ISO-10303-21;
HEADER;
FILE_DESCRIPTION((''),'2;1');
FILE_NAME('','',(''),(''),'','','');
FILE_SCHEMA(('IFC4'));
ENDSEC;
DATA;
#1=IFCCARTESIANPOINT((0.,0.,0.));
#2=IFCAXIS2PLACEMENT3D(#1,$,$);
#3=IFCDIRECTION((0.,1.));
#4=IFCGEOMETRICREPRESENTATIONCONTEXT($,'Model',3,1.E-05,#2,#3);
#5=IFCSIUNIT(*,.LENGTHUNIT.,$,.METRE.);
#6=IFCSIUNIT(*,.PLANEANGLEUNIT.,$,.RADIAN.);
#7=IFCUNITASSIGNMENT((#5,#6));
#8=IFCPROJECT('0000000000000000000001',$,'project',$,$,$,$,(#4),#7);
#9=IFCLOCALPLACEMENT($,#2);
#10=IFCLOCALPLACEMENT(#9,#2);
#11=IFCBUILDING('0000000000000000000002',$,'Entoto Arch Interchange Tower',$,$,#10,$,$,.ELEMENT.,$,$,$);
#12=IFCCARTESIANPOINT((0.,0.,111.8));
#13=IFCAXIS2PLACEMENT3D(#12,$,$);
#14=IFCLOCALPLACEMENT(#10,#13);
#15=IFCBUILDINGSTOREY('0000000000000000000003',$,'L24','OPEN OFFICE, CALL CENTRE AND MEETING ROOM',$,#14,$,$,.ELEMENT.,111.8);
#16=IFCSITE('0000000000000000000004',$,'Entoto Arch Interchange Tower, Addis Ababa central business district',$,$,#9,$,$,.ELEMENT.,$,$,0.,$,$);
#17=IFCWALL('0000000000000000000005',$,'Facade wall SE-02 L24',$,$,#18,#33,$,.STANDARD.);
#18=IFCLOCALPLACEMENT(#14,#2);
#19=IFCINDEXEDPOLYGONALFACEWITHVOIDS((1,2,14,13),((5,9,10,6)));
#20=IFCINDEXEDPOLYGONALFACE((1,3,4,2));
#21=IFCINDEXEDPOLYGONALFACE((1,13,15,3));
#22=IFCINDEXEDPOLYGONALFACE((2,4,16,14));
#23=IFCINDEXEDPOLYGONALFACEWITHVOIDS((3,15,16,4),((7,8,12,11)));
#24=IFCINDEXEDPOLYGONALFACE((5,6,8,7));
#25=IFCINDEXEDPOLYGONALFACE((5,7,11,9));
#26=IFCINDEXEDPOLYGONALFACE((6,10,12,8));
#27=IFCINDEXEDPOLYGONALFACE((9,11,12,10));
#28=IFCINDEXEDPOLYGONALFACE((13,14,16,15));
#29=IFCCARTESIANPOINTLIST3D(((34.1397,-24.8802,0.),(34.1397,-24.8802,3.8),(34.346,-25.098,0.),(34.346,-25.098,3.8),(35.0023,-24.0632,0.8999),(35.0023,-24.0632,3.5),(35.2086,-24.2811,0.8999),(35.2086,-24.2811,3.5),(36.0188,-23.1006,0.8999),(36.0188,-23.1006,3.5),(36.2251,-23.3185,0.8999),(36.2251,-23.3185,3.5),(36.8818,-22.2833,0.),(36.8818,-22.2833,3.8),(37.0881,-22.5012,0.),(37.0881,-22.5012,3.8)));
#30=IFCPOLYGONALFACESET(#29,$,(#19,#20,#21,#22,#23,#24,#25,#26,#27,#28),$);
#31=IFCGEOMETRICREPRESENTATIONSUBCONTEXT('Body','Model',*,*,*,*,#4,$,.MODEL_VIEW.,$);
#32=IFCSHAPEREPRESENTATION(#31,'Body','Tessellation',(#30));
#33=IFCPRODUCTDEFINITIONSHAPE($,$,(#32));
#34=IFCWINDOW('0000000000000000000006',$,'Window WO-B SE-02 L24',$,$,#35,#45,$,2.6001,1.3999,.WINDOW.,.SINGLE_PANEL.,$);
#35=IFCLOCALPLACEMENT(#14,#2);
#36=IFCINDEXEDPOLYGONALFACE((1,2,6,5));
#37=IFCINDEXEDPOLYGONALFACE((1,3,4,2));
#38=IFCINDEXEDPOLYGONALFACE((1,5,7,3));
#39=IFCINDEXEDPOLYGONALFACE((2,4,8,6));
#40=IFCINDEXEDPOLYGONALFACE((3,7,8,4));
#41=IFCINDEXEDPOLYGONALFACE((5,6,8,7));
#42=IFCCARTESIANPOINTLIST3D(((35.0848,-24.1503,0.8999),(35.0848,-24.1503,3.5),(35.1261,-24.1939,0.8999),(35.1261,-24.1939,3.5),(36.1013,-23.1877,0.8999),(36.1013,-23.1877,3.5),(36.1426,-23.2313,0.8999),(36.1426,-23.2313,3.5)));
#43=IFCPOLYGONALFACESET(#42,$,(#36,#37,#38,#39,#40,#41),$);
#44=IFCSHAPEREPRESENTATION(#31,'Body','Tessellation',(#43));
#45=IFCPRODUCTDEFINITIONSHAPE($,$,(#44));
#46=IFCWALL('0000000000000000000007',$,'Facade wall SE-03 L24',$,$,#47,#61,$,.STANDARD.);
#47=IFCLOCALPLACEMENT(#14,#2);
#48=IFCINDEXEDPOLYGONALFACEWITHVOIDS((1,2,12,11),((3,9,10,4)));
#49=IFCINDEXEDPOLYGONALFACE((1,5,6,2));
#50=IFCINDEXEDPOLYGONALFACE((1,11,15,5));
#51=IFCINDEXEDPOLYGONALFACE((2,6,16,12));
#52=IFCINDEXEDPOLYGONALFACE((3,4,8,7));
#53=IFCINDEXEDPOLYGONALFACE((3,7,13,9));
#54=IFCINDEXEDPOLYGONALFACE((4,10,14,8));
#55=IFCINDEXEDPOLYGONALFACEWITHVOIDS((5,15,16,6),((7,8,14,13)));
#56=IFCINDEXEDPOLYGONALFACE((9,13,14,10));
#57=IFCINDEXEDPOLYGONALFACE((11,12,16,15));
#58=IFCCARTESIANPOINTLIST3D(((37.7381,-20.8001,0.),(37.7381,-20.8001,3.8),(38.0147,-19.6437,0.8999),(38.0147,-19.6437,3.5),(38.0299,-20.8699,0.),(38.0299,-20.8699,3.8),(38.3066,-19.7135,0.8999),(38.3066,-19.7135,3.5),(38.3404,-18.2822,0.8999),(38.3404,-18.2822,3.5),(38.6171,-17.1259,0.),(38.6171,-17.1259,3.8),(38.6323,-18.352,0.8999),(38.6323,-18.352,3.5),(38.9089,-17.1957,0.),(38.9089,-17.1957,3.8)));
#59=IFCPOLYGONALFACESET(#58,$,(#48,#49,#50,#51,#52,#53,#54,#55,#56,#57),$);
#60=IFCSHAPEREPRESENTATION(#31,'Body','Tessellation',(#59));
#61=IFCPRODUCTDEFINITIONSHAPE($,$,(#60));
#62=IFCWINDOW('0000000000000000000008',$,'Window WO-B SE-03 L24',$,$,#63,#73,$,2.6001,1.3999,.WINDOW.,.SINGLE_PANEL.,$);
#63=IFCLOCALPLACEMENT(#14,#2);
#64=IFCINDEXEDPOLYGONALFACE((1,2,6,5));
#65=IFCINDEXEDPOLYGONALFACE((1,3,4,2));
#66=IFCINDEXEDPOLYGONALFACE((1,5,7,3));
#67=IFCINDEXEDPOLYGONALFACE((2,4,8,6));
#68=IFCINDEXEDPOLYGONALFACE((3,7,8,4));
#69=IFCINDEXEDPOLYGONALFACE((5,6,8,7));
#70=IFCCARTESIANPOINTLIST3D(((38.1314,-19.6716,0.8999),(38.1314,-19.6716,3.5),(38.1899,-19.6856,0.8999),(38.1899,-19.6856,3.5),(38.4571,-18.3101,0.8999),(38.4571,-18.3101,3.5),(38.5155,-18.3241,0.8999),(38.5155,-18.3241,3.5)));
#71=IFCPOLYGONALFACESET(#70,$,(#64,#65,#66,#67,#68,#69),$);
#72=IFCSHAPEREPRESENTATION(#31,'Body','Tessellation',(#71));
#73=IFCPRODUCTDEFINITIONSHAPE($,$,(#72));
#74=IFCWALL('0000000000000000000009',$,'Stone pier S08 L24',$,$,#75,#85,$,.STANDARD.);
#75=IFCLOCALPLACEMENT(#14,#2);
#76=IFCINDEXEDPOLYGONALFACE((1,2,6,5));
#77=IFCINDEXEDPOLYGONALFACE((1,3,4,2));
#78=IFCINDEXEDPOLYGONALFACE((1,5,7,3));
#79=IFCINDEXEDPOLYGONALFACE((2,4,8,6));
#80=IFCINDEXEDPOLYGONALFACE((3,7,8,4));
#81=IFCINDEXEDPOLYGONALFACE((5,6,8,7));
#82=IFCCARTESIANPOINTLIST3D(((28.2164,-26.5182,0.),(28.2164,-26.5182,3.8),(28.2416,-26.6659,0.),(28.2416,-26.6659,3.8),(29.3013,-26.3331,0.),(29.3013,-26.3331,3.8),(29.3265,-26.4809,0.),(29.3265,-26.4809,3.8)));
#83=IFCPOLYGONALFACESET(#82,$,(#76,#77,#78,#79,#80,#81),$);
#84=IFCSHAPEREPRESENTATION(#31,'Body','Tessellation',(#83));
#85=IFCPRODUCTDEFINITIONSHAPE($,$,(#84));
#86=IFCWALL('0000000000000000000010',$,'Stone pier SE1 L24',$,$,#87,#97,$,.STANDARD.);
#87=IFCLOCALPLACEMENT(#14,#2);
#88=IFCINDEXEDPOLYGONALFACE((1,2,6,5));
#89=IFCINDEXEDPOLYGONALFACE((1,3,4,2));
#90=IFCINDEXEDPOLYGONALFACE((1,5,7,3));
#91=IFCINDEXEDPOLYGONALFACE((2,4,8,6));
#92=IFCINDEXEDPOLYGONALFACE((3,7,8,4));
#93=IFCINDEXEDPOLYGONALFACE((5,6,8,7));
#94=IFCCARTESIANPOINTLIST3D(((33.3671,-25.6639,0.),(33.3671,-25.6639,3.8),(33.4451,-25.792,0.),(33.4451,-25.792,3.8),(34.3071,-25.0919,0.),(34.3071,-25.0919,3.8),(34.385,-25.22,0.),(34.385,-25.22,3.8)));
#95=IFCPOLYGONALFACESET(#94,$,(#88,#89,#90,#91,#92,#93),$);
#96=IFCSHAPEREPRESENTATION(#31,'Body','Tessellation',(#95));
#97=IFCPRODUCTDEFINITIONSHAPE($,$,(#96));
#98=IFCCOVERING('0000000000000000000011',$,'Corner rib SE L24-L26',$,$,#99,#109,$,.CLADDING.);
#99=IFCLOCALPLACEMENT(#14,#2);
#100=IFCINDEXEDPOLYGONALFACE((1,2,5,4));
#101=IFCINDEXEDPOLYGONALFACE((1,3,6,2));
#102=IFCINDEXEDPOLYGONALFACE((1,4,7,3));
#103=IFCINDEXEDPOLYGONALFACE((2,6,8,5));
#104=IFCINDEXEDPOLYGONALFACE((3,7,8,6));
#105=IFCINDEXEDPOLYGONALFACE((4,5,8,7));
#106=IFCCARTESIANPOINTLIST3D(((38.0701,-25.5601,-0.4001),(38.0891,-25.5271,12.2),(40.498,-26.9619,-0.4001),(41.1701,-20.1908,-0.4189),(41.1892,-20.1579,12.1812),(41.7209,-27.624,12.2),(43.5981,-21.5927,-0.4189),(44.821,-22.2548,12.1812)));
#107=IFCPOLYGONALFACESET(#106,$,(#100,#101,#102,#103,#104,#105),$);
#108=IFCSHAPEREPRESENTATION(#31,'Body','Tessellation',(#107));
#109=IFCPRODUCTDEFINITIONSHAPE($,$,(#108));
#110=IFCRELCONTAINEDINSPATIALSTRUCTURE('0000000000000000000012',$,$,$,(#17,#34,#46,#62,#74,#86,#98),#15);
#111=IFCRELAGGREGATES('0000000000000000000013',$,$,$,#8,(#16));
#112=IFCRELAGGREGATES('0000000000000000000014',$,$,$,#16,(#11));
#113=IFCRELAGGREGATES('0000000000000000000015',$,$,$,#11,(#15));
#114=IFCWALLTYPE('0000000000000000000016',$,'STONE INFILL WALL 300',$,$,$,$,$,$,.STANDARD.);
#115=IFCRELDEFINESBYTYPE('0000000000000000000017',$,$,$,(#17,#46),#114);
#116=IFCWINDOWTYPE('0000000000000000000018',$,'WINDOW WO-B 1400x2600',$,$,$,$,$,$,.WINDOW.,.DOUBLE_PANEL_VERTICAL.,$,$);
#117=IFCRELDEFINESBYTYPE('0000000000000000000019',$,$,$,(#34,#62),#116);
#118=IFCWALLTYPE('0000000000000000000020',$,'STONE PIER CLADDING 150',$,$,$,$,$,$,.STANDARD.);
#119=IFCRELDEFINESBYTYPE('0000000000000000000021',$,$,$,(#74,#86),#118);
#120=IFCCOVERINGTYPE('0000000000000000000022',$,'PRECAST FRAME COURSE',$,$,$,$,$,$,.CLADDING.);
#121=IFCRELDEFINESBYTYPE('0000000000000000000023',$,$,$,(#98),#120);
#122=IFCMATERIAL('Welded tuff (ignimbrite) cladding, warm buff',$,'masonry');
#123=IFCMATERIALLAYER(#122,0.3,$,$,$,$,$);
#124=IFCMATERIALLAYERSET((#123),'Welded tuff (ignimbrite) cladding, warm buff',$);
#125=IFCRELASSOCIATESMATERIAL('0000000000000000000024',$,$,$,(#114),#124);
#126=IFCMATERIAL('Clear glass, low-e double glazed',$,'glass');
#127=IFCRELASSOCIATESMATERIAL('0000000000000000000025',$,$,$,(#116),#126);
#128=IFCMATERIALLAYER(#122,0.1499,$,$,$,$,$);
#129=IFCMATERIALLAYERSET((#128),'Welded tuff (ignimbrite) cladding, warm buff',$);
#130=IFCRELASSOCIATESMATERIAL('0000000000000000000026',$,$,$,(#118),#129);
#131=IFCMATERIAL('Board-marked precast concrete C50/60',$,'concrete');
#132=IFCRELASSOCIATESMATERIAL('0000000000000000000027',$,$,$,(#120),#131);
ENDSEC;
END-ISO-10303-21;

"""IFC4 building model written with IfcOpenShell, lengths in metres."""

from ifc_helpers import new_model, si_unit, direction, frame, frame_2d, origin, place, context, subcontext, project, spatial, polyline, rectangle, outline, extrude, material, layer, layer_set, type_object, element, fill, save


model = new_model("IFC4")

# Units and contexts
model_context = context("Model", 3, precision=1e-05, world=origin(), true_north=direction((0.0, 1.0)))
body_context = subcontext(model_context, "Body", "Model", "MODEL_VIEW")
ifc_project = project(units=[si_unit("LENGTHUNIT", "METRE"), si_unit("PLANEANGLEUNIT", "RADIAN")], contexts=[model_context])

# Site, building, storey
site_placement = place(None, origin())
site = spatial("IfcSite", under=ifc_project, at=site_placement, Name="Entoto Arch Interchange Tower, Addis Ababa central business district", CompositionType="ELEMENT", RefElevation=0.0)
building_placement = place(site_placement, origin())
building = spatial("IfcBuilding", under=site, at=building_placement, Name="Entoto Arch Interchange Tower", CompositionType="ELEMENT")
storey_placement = place(building_placement, frame((0.0, 0.0, 111.8)))
storey = spatial("IfcBuildingStorey", under=building, at=storey_placement, Name="L24", Description="OPEN OFFICE, CALL CENTRE AND MEETING ROOM", CompositionType="ELEMENT", Elevation=111.8)

# Walls, openings, windows
ifc_material_1 = material(Name="Welded tuff (ignimbrite) cladding, warm buff", Category="masonry")
ifc_layer_1 = layer(ifc_material_1, 0.3)
ifc_layer_set_1 = layer_set([ifc_layer_1], Name="Welded tuff (ignimbrite) cladding, warm buff")
wall_type_1 = type_object("IfcWallType", Name="STONE INFILL WALL 300", PredefinedType="STANDARD", material=ifc_layer_set_1)
ifc_material_2 = material(Name="Clear glass, low-e double glazed", Category="glass")
window_type = type_object("IfcWindowType", Name="WINDOW WO-B 1400x2600", PartitioningType="DOUBLE_PANEL_VERTICAL", PredefinedType="WINDOW", material=ifc_material_2)
wall_1_placement = place(storey_placement, frame((34.2429, -24.989, 0.0), z_axis=(0.0, 0.0, 1.0), x_axis=(0.726077, 0.687614, 0.0)))
wall_1 = element("IfcWall", 1, at=wall_1_placement, inside=storey, type_object=wall_type_1, Name="Facade wall SE-02 L24", PredefinedType="STANDARD", context=body_context, shape_type="SweptSolid", body=[
    extrude(rectangle(XDim=3.7766, YDim=0.3, at=frame_2d((1.8882, 0.0))), origin(), (0.0, 0.0, 1.0), 3.8),
])
opening_1_placement = place(wall_1_placement, frame((1.188, 0.0, 0.8999)))
opening_1 = element("IfcOpeningElement", 2, at=opening_1_placement, cuts=wall_1, PredefinedType="OPENING", context=body_context, shape_type="SweptSolid", body=[
    extrude(rectangle(XDim=1.3999, YDim=2.6001, at=frame_2d((0.7, 1.3))), frame((0.0, 0.1602, 0.0), z_axis=(0.0, -1.0, 0.0), x_axis=(1.0, 0.0, 0.0)), (0.0, 0.0, 1.0), 0.3201),
])
window_1_placement = place(opening_1_placement, origin())
window_1 = element("IfcWindow", 3, at=window_1_placement, inside=storey, type_object=window_type, Name="Window WO-B SE-02 L24", OverallHeight=2.6001, OverallWidth=1.3999, PartitioningType="SINGLE_PANEL", PredefinedType="WINDOW", context=body_context, shape_type="SweptSolid", body=[
    extrude(rectangle(XDim=1.3999, YDim=2.6001, at=frame_2d((0.7, 1.3))), frame((0.0, 0.03, 0.0), z_axis=(0.0, -1.0, 0.0), x_axis=(1.0, 0.0, 0.0)), (0.0, 0.0, 1.0), 0.0601),
])
fill(opening_1, window_1)
wall_2_placement = place(storey_placement, frame((37.884, -20.835, 0.0), z_axis=(0.0, 0.0, 1.0), x_axis=(0.232654, 0.97256, 0.0)))
wall_2 = element("IfcWall", 4, at=wall_2_placement, inside=storey, type_object=wall_type_1, Name="Facade wall SE-03 L24", PredefinedType="STANDARD", context=body_context, shape_type="SweptSolid", body=[
    extrude(rectangle(XDim=3.7778, YDim=0.3, at=frame_2d((1.8889, 0.0))), origin(), (0.0, 0.0, 1.0), 3.8),
])
opening_2_placement = place(wall_2_placement, frame((1.189, 0.0, 0.8999)))
opening_2 = element("IfcOpeningElement", 5, at=opening_2_placement, cuts=wall_2, PredefinedType="OPENING", context=body_context, shape_type="SweptSolid", body=[
    extrude(rectangle(XDim=1.3999, YDim=2.6001, at=frame_2d((0.7, 1.3))), frame((0.0, 0.1602, 0.0), z_axis=(0.0, -1.0, 0.0), x_axis=(1.0, 0.0, 0.0)), (0.0, 0.0, 1.0), 0.3201),
])
window_2_placement = place(opening_2_placement, origin())
window_2 = element("IfcWindow", 6, at=window_2_placement, inside=storey, type_object=window_type, Name="Window WO-B SE-03 L24", OverallHeight=2.6001, OverallWidth=1.3999, PartitioningType="SINGLE_PANEL", PredefinedType="WINDOW", context=body_context, shape_type="SweptSolid", body=[
    extrude(rectangle(XDim=1.3999, YDim=2.6001, at=frame_2d((0.7, 1.3))), frame((0.0, 0.03, 0.0), z_axis=(0.0, -1.0, 0.0), x_axis=(1.0, 0.0, 0.0)), (0.0, 0.0, 1.0), 0.0601),
])
fill(opening_2, window_2)

# Walls
ifc_layer_2 = layer(ifc_material_1, 0.1499)
ifc_layer_set_2 = layer_set([ifc_layer_2], Name="Welded tuff (ignimbrite) cladding, warm buff")
wall_type_2 = type_object("IfcWallType", Name="STONE PIER CLADDING 150", PredefinedType="STANDARD", material=ifc_layer_set_2)
wall_3_placement = place(storey_placement, frame((28.229, -26.592, 0.0), z_axis=(0.0, 0.0, 1.0), x_axis=(0.985763, 0.168139, 0.0)))
element("IfcWall", 7, at=wall_3_placement, inside=storey, type_object=wall_type_2, Name="Stone pier S08 L24", PredefinedType="STANDARD", context=body_context, shape_type="SweptSolid", body=[
    extrude(rectangle(XDim=1.1006, YDim=0.1499, at=frame_2d((0.5503, 0.0))), origin(), (0.0, 0.0, 1.0), 3.8),
])
wall_4_placement = place(storey_placement, frame((33.406, -25.728, 0.0), z_axis=(0.0, 0.0, 1.0), x_axis=(0.854246, 0.51987, 0.0)))
element("IfcWall", 8, at=wall_4_placement, inside=storey, type_object=wall_type_2, Name="Stone pier SE1 L24", PredefinedType="STANDARD", context=body_context, shape_type="SweptSolid", body=[
    extrude(rectangle(XDim=1.1003, YDim=0.1499, at=frame_2d((0.5503, 0.0))), origin(), (0.0, 0.0, 1.0), 3.8),
])

# Covering
ifc_material_3 = material(Name="Board-marked precast concrete C50/60", Category="concrete")
covering_type = type_object("IfcCoveringType", Name="PRECAST FRAME COURSE", PredefinedType="CLADDING", material=ifc_material_3)
covering_1_placement = place(storey_placement, frame((38.0701, -25.5601, -0.4001), z_axis=(-0.500013, -0.866013, 0.003021), x_axis=(0.866017, -0.500015, 0.0)))
element("IfcCovering", 9, at=covering_1_placement, inside=storey, type_object=covering_type, Name="Corner rib SE L24-L26", PredefinedType="CLADDING", context=body_context, shape_type="SweptSolid", body=[
    extrude(outline(polyline([(0.0, 0.0), (2.8036, 0.0), (4.1937, 12.6002), (0.0, 12.6002), (0.0, 0.0)])), origin(), (0.0, 0.0, -1.0), 6.2),
])

save(model, "model.ifc")
